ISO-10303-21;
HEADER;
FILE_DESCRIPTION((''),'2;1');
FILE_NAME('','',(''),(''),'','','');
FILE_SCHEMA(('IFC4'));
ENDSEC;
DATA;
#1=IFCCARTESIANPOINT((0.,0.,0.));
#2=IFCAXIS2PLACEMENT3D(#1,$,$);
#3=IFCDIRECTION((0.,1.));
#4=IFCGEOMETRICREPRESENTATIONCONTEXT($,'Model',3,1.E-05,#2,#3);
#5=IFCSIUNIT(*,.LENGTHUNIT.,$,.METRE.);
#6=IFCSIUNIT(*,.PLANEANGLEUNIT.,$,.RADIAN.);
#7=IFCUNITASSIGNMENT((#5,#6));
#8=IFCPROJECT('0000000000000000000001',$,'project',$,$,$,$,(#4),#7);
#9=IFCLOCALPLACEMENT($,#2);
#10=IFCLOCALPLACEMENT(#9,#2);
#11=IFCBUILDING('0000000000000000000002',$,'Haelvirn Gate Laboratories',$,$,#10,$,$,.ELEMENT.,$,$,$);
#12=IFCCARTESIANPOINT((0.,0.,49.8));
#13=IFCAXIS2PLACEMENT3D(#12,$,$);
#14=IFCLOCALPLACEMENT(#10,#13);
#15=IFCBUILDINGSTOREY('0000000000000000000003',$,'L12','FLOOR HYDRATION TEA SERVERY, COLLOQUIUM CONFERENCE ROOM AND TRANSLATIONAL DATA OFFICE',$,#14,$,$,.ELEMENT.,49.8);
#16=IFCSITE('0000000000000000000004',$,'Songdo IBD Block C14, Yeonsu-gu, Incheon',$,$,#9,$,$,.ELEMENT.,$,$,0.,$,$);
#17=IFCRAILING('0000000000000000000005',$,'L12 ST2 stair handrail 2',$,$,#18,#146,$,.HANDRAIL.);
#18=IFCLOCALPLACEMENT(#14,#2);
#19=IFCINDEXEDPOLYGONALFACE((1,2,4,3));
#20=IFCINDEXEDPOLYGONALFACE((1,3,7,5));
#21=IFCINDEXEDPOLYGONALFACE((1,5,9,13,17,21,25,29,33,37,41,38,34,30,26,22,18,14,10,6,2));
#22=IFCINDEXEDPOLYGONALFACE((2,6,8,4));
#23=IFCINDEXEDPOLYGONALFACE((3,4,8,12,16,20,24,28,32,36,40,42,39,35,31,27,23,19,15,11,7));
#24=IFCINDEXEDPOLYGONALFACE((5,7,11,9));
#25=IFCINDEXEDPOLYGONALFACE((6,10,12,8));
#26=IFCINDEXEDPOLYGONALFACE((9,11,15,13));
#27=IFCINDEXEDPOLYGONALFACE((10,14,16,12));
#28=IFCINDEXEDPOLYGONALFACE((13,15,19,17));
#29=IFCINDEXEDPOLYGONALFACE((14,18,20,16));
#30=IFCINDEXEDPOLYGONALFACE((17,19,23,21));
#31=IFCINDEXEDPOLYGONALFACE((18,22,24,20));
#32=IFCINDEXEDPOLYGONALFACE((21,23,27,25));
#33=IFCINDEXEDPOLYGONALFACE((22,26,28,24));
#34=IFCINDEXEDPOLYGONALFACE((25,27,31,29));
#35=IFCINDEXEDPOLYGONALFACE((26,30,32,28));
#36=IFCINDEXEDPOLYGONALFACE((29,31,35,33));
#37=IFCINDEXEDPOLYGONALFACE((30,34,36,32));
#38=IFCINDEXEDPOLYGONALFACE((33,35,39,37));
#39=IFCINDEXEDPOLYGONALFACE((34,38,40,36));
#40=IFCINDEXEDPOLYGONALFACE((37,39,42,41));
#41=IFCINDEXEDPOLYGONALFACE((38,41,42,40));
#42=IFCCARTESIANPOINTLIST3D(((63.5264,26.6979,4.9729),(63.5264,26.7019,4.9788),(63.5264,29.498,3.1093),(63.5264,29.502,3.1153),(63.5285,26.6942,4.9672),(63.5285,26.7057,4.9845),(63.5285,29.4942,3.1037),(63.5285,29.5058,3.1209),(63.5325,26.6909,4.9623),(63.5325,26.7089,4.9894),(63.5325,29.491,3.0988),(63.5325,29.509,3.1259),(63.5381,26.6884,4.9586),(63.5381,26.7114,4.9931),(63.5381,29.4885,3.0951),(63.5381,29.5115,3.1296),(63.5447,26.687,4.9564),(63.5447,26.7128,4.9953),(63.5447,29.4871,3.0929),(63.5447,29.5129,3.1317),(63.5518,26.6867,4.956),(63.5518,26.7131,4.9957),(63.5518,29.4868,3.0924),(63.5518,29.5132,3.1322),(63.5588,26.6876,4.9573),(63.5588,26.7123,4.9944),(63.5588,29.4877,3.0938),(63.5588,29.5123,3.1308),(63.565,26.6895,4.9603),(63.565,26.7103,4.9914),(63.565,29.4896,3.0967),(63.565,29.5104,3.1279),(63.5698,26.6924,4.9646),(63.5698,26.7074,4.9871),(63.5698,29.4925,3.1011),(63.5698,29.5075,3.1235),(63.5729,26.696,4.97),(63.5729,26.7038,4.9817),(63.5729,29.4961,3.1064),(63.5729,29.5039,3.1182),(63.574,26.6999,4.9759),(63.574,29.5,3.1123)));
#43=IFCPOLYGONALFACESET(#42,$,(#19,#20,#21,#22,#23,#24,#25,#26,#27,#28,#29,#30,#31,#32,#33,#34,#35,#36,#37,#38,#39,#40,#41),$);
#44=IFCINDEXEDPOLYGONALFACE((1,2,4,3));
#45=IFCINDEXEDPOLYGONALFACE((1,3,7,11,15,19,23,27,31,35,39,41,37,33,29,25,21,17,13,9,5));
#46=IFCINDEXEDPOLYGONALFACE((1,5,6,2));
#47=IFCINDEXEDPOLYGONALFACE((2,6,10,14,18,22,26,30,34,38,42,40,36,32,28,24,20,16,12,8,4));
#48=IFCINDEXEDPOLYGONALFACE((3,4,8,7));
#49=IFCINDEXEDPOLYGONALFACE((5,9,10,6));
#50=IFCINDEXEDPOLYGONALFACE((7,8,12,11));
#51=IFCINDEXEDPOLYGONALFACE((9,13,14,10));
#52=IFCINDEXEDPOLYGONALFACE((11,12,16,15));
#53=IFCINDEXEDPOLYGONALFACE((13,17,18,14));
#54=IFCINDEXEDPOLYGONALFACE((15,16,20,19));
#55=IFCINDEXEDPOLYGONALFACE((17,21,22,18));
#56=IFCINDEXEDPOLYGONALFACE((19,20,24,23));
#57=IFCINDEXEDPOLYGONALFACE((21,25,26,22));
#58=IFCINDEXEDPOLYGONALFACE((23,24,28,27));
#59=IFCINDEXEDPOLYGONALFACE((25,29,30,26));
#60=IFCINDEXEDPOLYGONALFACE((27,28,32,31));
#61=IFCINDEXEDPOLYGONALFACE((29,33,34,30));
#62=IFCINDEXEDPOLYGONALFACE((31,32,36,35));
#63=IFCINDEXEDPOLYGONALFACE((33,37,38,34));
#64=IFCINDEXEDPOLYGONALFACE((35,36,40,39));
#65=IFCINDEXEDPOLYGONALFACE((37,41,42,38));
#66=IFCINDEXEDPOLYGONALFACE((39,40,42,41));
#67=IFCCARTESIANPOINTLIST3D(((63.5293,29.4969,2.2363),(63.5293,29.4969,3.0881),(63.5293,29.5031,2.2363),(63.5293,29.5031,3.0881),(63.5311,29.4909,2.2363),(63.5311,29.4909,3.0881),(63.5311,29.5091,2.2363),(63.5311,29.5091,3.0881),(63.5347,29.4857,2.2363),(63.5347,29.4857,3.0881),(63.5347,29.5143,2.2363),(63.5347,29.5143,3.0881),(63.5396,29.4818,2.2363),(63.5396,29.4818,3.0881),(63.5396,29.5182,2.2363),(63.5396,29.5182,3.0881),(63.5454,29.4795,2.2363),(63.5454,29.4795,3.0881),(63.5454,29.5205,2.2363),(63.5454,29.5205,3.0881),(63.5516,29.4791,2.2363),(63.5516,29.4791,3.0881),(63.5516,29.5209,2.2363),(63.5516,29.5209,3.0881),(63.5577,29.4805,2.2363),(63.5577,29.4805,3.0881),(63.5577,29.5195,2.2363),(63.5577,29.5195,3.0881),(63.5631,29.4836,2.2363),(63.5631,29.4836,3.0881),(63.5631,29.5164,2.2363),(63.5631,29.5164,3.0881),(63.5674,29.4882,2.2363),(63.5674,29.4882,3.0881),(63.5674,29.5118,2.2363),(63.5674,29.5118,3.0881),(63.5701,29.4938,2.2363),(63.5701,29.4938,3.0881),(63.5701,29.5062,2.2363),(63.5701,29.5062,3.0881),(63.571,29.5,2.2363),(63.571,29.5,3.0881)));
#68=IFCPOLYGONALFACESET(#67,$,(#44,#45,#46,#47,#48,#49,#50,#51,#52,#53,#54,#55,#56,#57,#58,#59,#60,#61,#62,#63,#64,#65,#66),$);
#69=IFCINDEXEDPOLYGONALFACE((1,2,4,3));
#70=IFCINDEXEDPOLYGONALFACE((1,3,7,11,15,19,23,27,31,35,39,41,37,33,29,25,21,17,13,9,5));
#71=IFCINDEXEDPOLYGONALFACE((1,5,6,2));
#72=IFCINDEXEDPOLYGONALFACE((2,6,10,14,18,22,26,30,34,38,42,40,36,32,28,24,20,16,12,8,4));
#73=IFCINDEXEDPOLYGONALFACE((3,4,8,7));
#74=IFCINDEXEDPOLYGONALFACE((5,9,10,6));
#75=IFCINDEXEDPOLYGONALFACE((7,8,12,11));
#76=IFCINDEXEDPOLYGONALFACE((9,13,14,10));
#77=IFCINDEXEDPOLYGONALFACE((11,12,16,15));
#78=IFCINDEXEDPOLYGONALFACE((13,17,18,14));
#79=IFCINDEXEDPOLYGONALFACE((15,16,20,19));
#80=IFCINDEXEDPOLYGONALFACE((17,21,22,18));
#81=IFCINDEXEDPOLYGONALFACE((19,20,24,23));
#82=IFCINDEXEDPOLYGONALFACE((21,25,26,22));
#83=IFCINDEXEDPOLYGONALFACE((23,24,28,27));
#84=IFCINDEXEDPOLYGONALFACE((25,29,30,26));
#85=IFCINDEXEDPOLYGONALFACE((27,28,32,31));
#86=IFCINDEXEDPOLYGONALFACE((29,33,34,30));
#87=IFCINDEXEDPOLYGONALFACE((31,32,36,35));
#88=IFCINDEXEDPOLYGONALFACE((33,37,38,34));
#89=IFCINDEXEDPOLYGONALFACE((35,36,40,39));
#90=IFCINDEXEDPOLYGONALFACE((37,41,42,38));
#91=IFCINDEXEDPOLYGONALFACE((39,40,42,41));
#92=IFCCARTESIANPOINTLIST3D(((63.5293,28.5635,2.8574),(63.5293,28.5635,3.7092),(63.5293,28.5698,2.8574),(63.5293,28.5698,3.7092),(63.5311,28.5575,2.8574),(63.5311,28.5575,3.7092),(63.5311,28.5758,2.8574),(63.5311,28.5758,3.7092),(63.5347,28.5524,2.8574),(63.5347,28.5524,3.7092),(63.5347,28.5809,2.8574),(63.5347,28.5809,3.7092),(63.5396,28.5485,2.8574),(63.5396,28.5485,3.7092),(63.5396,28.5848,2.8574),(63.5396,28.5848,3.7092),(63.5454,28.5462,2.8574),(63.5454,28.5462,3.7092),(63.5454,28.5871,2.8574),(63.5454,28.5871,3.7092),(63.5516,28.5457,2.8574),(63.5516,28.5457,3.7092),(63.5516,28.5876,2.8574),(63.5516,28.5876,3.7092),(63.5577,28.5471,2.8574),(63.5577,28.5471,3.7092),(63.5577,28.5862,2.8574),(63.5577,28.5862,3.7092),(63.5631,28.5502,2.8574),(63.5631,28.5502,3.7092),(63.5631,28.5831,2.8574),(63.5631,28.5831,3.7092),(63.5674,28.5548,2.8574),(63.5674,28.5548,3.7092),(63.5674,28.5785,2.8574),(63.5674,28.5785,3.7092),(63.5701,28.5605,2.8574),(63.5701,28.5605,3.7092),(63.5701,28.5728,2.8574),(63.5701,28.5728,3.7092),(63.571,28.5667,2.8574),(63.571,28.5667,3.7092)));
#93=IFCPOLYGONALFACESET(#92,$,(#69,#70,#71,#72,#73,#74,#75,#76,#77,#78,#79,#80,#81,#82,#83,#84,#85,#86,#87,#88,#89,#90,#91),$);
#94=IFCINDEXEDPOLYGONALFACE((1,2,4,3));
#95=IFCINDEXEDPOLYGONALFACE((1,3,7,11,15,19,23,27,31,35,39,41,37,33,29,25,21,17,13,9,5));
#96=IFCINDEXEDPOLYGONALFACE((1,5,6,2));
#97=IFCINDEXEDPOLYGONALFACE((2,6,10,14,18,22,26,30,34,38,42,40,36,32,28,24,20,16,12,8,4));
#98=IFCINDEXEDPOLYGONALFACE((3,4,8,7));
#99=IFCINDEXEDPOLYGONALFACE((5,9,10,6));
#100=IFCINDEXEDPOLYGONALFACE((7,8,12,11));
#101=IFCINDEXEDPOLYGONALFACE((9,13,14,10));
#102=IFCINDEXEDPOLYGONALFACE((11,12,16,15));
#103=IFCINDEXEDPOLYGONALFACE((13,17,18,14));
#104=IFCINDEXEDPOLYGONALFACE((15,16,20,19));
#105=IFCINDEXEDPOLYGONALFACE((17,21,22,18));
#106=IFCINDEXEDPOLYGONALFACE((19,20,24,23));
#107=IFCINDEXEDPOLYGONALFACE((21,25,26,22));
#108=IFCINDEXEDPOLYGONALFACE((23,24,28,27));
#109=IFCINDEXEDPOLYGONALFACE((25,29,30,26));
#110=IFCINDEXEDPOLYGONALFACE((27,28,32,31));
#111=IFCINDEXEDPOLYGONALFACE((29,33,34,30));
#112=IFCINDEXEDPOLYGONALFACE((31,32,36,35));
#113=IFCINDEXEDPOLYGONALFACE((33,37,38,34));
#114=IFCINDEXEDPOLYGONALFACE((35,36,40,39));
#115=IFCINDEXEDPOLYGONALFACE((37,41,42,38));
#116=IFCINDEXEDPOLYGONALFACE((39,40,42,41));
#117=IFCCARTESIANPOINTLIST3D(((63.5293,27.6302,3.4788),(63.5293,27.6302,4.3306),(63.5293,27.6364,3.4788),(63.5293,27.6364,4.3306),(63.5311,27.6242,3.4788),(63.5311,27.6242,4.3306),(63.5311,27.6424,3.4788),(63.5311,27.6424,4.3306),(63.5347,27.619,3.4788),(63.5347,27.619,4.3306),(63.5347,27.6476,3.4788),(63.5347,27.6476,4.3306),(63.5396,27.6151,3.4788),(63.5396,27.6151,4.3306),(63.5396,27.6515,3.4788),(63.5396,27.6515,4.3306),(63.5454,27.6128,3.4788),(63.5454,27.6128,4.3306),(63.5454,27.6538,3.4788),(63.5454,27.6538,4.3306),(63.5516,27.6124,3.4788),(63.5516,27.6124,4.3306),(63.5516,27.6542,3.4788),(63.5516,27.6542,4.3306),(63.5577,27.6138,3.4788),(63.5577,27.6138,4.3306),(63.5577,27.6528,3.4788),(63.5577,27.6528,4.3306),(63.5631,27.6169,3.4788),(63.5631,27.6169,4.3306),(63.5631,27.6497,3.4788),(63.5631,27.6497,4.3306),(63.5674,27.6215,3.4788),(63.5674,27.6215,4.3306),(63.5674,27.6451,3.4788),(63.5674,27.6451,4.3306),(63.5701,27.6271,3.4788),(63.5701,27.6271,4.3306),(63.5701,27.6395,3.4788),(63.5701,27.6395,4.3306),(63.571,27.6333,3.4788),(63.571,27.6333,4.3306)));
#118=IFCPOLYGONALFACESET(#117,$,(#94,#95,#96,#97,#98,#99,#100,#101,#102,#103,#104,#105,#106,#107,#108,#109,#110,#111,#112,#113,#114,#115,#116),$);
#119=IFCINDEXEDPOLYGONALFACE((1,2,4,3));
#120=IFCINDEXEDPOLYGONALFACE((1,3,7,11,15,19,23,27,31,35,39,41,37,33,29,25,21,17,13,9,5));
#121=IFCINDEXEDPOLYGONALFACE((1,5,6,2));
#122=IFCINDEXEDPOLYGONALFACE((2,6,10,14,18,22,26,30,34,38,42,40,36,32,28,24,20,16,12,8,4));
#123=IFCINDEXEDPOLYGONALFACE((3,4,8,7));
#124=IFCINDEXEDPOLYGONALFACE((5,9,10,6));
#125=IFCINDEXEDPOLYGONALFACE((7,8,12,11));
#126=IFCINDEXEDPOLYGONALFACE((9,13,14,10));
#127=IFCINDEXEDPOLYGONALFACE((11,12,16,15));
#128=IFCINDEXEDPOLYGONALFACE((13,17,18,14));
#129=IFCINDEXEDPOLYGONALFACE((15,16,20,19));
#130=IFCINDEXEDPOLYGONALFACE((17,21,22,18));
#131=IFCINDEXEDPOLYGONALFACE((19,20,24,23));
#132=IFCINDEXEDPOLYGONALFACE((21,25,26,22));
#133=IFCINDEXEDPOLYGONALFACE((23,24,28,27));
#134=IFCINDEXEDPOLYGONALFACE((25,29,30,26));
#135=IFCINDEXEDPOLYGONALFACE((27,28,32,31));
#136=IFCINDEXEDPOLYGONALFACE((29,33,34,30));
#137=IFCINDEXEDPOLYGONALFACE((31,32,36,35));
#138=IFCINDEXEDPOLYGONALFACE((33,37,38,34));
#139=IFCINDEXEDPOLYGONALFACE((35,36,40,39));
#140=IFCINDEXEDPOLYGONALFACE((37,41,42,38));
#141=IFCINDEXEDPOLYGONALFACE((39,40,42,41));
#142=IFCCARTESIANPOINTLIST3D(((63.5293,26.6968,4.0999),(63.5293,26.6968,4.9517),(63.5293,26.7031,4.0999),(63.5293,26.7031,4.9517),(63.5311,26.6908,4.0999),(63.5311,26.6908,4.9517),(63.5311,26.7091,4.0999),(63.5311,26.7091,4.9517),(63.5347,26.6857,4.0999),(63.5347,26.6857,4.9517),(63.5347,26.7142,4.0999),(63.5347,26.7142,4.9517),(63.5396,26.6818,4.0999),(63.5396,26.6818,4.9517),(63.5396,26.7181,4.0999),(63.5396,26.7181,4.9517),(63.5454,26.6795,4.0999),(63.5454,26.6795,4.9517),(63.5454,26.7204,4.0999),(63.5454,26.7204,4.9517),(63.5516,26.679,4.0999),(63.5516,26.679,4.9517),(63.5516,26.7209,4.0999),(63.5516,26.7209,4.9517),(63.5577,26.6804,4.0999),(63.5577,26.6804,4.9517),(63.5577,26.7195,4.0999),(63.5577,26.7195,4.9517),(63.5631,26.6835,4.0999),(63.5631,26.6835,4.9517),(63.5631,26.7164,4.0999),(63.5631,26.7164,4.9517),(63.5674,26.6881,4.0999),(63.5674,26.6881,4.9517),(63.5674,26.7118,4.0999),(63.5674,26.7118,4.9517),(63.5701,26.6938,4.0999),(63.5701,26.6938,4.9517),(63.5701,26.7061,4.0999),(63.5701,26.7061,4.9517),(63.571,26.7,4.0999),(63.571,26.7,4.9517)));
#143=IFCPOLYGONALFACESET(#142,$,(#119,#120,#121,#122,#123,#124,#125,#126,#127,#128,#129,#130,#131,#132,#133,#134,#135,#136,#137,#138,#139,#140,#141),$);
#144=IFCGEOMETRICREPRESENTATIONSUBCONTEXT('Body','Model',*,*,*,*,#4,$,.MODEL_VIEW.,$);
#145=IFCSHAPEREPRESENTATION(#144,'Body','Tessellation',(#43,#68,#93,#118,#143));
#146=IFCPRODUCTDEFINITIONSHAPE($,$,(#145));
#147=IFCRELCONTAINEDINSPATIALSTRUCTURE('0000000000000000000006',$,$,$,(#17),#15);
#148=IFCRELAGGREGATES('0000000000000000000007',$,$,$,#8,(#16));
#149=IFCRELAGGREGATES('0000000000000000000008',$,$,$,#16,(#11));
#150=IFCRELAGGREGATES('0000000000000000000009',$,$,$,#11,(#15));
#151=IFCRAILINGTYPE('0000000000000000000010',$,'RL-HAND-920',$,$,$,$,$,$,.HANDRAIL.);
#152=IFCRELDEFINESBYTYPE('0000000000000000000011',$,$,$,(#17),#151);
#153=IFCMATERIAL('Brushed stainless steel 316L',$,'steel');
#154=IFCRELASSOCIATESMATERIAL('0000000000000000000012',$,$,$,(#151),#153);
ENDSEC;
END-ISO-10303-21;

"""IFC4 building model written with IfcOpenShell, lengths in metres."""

from ifc_helpers import new_model, si_unit, direction, frame, origin, origin_2d, place, context, subcontext, project, spatial, circle, extrude, source, transform, mapped, material, type_object, element, save


model = new_model("IFC4")

# Units and contexts
model_context = context("Model", 3, precision=1e-05, world=origin(), true_north=direction((0.0, 1.0)))
body_context = subcontext(model_context, "Body", "Model", "MODEL_VIEW")
ifc_project = project(units=[si_unit("LENGTHUNIT", "METRE"), si_unit("PLANEANGLEUNIT", "RADIAN")], contexts=[model_context])

# Site, building, storey
site_placement = place(None, origin())
site = spatial("IfcSite", under=ifc_project, at=site_placement, Name="Songdo IBD Block C14, Yeonsu-gu, Incheon", CompositionType="ELEMENT", RefElevation=0.0)
building_placement = place(site_placement, origin())
building = spatial("IfcBuilding", under=site, at=building_placement, Name="Haelvirn Gate Laboratories", CompositionType="ELEMENT")
storey_placement = place(building_placement, frame((0.0, 0.0, 49.8)))
storey = spatial("IfcBuildingStorey", under=building, at=storey_placement, Name="L12", Description="FLOOR HYDRATION TEA SERVERY, COLLOQUIUM CONFERENCE ROOM AND TRANSLATIONAL DATA OFFICE", CompositionType="ELEMENT", Elevation=49.8)

# Railing
ifc_material_1 = material(Name="Brushed stainless steel 316L", Category="steel")
railing_type_1 = type_object("IfcRailingType", Name="RL-HAND-920", PredefinedType="HANDRAIL", material=ifc_material_1)
shared_shape_1 = source(origin(), body_context, "Body", "SweptSolid", [
    extrude(circle(Radius=0.0239, at=origin_2d()), frame((0.0, 0.0, 0.876), z_axis=(0.0, -0.832486, 0.554047), x_axis=(1.0, 0.0, 0.0)), (0.0, 0.0, 1.0), 3.3635),
    extrude(circle(Radius=0.021, at=origin_2d()), origin(), (0.0, 0.0, 1.0), 0.8518),
    extrude(circle(Radius=0.021, at=origin_2d()), frame((0.0, -0.9333, 0.6211)), (0.0, 0.0, 1.0), 0.8518),
    extrude(circle(Radius=0.021, at=origin_2d()), frame((0.0, -1.8667, 1.2424)), (0.0, 0.0, 1.0), 0.8518),
    extrude(circle(Radius=0.021, at=origin_2d()), frame((0.0, -2.8, 1.8635)), (0.0, 0.0, 1.0), 0.8518),
])
railing_1_placement = place(storey_placement, frame((63.55, 29.5, 2.2363)))
element("IfcRailing", 1, at=railing_1_placement, inside=storey, type_object=railing_type_1, Name="L12 ST2 stair handrail 2", PredefinedType="HANDRAIL", context=body_context, shape_type="MappedRepresentation", body=[
    mapped(shared_shape_1, transform((0.0, 0.0, 0.0), scale=1.0)),
])

save(model, "model.ifc")
